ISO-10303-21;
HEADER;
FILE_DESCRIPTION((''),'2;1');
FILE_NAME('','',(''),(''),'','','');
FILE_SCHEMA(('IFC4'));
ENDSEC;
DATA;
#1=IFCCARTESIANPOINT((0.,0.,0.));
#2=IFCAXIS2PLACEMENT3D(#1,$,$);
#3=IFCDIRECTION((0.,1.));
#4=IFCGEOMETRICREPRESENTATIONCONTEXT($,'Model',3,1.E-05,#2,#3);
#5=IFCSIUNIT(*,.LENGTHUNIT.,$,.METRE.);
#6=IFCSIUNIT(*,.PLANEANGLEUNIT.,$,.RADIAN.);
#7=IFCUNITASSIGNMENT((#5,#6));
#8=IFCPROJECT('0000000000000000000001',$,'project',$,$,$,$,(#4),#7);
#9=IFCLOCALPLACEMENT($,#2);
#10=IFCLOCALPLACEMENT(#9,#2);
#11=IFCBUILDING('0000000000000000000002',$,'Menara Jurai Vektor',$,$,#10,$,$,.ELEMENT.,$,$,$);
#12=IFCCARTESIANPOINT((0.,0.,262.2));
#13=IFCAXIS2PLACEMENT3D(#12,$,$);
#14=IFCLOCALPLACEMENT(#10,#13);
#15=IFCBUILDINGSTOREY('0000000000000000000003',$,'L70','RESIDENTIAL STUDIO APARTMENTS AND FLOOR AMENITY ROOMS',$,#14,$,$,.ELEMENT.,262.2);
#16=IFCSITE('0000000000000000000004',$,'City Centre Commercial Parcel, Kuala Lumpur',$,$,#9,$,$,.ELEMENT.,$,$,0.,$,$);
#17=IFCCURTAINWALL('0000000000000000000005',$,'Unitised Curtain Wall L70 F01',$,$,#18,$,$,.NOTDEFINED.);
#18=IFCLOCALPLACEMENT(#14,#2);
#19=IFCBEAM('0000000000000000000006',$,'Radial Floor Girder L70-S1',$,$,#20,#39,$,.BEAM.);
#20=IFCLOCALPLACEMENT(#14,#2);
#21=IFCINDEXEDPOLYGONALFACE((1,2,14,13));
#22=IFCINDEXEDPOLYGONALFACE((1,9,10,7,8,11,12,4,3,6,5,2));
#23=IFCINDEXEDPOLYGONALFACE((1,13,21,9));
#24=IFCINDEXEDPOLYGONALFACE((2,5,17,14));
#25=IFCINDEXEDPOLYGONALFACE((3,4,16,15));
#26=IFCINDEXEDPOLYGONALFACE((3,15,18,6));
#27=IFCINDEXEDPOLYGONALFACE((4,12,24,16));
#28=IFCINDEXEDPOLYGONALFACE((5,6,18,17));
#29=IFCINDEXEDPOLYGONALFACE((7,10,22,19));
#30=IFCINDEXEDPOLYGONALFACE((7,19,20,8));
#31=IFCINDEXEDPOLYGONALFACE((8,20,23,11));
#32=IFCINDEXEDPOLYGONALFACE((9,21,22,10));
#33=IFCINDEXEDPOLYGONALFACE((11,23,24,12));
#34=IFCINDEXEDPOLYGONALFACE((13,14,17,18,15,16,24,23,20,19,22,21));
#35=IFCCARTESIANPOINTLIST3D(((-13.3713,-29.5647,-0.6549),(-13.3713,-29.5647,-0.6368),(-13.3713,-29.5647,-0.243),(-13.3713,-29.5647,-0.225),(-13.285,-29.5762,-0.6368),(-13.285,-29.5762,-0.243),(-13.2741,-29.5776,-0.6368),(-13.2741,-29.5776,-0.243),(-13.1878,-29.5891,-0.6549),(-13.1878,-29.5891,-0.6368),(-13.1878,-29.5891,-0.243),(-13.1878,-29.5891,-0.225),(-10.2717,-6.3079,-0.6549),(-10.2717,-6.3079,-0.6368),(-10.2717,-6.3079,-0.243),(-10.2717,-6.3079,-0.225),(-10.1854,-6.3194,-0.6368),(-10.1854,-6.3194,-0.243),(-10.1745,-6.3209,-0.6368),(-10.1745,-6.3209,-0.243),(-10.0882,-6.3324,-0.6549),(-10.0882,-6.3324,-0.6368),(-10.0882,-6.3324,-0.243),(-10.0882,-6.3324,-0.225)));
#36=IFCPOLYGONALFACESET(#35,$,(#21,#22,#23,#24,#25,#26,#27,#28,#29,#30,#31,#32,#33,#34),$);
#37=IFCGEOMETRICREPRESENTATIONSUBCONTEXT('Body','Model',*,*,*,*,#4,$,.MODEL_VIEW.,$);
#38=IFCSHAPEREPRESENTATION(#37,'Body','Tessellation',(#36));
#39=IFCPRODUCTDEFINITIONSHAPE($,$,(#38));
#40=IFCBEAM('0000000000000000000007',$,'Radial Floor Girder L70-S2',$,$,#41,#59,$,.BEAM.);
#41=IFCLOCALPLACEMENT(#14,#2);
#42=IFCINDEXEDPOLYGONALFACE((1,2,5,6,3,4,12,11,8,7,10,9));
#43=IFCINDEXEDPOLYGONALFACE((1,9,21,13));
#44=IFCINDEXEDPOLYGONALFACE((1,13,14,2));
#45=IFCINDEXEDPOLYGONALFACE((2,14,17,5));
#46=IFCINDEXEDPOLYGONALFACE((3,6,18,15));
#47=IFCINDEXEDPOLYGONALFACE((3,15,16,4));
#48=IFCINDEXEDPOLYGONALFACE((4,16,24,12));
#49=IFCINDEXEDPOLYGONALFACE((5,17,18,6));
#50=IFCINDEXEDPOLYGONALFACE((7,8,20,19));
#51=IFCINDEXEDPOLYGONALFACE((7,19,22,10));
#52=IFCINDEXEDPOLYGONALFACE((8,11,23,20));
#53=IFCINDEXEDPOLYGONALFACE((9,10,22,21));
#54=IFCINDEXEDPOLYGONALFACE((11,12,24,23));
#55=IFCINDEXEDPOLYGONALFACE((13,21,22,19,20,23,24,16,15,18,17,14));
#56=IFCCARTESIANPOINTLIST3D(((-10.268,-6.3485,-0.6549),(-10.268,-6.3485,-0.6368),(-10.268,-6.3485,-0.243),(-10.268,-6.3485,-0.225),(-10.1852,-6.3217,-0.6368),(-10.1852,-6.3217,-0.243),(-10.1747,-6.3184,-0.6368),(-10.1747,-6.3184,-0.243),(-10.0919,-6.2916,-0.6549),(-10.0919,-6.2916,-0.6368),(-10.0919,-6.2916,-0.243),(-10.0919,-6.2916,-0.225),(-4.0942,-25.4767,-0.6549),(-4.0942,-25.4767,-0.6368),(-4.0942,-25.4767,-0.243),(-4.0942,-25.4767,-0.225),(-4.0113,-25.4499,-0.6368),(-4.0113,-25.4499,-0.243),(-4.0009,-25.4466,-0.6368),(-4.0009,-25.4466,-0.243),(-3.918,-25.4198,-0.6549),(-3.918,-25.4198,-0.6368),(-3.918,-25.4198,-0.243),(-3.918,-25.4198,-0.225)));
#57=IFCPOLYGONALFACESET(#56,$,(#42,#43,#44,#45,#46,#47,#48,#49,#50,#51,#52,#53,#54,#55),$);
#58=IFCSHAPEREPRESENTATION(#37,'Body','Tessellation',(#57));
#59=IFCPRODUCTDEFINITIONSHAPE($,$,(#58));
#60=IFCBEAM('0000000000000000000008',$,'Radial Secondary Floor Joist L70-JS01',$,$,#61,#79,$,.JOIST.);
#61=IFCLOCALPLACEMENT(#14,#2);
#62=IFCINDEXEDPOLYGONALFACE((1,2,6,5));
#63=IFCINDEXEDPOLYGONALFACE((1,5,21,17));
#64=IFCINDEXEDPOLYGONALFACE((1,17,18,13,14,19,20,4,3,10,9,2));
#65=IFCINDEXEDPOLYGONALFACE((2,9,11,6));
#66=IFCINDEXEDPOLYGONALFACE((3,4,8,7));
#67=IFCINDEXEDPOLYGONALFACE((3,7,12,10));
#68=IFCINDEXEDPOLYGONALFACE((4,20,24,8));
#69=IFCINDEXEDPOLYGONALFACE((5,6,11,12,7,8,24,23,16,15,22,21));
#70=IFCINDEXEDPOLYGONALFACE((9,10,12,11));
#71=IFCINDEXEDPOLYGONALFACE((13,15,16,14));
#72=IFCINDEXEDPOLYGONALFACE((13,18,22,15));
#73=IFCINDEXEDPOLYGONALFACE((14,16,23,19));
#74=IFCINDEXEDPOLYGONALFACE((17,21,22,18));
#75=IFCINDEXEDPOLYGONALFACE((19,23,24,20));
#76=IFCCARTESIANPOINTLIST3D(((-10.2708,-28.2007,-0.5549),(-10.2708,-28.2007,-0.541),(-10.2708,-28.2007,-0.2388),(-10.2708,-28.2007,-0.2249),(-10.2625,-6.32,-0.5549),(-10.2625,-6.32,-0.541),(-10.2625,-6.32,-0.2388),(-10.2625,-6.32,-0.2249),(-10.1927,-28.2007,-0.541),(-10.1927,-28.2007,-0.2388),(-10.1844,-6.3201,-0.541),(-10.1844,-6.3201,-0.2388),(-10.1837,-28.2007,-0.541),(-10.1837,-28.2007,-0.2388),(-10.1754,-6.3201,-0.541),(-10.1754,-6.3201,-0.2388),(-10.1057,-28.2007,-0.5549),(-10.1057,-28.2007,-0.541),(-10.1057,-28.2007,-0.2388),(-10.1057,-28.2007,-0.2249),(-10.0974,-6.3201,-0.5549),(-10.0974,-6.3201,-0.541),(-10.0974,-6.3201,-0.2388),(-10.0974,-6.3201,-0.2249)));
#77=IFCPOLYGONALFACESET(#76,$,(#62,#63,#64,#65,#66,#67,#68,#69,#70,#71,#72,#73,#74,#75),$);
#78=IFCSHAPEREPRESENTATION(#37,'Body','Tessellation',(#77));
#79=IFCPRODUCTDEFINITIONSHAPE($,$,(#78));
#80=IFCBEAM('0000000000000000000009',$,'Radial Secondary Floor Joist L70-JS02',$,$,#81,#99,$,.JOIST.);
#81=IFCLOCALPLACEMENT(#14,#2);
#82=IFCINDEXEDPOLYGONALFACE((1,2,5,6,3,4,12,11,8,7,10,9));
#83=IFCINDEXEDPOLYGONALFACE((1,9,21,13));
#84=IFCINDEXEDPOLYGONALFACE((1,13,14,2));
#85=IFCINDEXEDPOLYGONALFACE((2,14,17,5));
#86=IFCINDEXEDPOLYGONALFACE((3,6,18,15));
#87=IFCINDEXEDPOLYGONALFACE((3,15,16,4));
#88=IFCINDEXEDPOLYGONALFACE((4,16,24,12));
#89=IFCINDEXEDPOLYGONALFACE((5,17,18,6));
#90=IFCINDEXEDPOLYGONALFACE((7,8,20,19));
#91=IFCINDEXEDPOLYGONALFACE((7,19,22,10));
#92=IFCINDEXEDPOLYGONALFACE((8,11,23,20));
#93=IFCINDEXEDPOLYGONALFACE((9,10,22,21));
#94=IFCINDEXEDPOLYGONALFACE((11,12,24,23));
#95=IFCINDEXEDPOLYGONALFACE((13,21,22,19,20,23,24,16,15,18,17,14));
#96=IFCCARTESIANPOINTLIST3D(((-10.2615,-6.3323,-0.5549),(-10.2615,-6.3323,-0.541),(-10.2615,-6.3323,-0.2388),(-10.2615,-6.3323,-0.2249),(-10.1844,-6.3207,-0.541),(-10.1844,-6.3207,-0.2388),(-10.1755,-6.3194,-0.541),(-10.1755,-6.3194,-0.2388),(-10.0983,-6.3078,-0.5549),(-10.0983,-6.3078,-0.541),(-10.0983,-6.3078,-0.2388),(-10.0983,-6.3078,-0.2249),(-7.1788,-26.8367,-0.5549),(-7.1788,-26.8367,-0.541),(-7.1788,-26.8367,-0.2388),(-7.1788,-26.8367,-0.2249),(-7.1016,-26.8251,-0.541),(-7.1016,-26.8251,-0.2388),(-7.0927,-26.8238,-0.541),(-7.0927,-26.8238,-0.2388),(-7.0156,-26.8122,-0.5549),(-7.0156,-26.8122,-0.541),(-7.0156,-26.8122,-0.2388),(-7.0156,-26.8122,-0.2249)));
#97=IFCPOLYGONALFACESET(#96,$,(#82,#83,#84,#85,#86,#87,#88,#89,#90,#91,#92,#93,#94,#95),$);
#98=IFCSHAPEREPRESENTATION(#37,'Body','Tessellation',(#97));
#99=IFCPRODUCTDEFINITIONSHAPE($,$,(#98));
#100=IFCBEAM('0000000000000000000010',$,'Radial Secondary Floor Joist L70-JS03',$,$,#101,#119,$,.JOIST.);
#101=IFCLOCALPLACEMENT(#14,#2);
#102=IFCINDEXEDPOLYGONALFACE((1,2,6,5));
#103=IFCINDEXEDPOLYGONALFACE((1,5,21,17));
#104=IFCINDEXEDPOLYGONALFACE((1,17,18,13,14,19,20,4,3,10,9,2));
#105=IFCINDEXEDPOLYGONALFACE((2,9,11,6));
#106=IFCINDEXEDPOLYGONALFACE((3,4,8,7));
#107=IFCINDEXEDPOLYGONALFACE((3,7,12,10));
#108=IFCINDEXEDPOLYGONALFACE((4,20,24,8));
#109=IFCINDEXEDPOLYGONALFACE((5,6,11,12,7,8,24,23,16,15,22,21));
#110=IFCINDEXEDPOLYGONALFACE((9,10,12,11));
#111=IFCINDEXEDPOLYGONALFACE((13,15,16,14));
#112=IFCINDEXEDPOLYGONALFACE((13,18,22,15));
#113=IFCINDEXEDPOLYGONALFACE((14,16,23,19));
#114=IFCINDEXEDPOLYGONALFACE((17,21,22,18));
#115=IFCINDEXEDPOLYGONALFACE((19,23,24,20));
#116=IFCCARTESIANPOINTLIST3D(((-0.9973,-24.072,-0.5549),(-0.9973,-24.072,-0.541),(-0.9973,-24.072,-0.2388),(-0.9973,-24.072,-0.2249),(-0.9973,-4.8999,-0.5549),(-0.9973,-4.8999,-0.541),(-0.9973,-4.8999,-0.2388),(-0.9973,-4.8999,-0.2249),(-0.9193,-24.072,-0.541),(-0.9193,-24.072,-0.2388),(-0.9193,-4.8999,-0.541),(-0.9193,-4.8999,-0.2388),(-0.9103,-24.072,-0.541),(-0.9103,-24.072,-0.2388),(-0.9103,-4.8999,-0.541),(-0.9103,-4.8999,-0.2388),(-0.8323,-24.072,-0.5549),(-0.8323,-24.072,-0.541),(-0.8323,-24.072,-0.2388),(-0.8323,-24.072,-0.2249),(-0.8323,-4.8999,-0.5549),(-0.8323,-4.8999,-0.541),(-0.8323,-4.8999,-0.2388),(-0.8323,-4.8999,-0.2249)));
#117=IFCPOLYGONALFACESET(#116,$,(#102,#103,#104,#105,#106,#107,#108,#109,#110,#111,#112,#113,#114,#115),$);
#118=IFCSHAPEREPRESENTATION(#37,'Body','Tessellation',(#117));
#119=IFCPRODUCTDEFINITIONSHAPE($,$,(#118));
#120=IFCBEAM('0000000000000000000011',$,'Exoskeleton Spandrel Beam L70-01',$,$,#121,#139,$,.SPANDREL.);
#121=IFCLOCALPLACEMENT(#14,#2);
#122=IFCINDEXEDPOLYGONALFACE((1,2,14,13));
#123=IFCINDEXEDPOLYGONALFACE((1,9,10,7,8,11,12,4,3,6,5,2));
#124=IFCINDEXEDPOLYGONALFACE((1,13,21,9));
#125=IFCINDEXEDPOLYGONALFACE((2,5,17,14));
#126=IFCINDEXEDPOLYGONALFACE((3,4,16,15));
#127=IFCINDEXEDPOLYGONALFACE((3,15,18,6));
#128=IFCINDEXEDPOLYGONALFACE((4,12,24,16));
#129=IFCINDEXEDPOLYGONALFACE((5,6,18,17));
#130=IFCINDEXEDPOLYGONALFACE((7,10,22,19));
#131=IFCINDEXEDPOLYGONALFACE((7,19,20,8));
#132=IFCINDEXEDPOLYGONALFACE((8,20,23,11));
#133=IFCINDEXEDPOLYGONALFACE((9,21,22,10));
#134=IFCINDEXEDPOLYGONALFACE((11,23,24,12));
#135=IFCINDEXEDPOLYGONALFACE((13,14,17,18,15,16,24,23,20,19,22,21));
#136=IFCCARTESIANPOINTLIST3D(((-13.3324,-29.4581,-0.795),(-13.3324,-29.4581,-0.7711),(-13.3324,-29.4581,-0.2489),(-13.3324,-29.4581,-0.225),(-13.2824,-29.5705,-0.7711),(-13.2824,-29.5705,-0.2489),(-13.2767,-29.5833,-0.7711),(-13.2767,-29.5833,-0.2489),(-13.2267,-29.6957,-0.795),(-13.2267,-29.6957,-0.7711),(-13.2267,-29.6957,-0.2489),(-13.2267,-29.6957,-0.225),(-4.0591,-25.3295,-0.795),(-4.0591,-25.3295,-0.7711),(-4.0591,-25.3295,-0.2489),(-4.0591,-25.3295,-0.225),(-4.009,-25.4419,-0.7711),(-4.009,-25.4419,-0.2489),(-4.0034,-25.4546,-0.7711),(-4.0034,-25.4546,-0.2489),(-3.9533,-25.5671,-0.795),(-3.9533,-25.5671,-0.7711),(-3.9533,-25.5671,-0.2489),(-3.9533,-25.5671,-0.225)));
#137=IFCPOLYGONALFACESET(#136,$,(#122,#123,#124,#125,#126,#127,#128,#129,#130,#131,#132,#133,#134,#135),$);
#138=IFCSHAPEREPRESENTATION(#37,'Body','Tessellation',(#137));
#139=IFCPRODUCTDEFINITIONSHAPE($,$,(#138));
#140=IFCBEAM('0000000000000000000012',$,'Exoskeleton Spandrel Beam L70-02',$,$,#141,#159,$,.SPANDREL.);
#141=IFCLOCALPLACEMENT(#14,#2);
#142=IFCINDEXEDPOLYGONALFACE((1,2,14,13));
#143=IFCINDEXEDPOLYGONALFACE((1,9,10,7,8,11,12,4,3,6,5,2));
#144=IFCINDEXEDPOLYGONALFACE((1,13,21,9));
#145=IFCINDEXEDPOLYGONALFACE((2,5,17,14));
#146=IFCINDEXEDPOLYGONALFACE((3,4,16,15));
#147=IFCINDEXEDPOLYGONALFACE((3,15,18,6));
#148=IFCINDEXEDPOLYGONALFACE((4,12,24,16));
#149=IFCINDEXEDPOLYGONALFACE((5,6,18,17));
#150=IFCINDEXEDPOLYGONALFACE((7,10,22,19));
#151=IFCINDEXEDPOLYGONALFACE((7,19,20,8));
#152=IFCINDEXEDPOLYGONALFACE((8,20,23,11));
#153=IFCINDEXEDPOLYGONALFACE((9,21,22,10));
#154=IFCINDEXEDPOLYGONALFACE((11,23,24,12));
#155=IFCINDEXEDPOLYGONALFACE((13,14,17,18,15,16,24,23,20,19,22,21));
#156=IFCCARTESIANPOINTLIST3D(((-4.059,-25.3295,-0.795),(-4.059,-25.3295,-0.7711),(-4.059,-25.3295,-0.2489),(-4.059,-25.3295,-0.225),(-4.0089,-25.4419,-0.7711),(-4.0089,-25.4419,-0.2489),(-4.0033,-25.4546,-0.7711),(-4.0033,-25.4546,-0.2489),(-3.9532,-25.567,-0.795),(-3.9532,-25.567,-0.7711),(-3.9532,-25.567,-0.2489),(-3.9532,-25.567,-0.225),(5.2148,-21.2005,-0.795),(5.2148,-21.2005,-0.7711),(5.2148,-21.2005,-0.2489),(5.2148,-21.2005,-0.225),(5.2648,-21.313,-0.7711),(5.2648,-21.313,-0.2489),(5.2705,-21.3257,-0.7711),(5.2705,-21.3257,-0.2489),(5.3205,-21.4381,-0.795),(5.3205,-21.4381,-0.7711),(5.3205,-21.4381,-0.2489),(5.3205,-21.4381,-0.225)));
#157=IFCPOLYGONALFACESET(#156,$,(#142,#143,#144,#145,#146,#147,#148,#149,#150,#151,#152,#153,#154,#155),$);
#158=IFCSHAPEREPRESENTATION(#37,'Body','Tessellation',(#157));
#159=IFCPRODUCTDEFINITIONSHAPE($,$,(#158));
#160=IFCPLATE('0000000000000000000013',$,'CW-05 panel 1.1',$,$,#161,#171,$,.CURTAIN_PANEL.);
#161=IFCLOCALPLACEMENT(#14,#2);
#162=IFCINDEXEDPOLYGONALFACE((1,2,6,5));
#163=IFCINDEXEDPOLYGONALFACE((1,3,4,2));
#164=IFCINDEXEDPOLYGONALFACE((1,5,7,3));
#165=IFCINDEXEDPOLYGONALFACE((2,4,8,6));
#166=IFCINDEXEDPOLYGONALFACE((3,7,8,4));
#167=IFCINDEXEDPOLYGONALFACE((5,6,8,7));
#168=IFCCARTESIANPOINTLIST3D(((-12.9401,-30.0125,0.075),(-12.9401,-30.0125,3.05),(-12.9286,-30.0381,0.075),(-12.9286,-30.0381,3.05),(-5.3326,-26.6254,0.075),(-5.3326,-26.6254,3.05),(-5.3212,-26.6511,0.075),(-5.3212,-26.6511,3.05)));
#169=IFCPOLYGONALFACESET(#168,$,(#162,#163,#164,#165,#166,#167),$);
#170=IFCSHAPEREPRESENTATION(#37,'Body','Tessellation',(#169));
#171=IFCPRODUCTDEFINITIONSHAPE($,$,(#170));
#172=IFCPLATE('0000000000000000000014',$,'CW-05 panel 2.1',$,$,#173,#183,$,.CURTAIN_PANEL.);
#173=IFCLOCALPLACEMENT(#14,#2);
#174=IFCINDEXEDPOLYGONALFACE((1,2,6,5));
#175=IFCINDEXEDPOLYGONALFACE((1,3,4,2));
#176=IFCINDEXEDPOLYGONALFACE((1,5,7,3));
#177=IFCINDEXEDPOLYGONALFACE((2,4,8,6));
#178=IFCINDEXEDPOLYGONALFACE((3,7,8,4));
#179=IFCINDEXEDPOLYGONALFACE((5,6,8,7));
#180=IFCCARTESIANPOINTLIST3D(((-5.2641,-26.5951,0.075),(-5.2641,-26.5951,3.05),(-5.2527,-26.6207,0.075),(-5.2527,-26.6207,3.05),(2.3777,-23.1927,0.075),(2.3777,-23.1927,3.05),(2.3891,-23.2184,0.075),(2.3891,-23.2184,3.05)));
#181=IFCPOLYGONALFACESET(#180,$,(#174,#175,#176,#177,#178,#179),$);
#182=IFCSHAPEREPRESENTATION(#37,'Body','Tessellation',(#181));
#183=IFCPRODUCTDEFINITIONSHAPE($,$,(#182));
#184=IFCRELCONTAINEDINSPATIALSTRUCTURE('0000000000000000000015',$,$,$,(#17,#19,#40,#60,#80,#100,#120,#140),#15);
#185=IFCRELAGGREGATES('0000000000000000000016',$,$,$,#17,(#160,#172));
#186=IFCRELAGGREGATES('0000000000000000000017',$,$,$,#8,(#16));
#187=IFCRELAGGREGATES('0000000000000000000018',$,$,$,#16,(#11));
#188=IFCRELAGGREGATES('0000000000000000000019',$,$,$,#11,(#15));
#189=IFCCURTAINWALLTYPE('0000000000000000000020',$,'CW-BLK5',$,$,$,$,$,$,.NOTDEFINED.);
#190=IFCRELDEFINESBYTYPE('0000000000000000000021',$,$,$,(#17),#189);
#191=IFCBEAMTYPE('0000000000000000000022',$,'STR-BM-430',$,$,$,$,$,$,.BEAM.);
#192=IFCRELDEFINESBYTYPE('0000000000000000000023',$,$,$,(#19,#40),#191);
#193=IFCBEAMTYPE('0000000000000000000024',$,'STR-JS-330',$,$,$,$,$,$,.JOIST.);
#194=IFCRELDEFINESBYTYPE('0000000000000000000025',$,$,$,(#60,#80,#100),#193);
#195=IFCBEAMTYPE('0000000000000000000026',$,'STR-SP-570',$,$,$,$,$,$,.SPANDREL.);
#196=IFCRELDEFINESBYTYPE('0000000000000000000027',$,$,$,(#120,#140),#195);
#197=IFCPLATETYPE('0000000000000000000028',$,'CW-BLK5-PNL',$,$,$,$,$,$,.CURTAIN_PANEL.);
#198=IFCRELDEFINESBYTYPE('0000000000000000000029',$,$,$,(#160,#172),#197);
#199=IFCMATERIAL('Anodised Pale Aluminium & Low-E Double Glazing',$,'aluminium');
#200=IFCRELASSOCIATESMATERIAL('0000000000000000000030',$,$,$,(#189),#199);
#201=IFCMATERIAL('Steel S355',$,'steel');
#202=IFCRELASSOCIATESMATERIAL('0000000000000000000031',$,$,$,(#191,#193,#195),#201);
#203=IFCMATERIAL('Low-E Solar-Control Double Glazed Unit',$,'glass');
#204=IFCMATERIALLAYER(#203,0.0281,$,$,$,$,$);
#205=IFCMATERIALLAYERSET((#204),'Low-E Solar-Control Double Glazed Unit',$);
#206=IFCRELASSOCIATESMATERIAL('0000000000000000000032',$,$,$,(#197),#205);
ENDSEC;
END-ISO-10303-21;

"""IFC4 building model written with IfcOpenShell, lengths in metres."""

from ifc_helpers import new_model, si_unit, direction, frame, origin, origin_2d, place, context, subcontext, project, spatial, rectangle, i_section, extrude, material, layer, layer_set, material_profile, profile_set, type_object, element, aggregate, save


model = new_model("IFC4")

# Units and contexts
model_context = context("Model", 3, precision=1e-05, world=origin(), true_north=direction((0.0, 1.0)))
body_context = subcontext(model_context, "Body", "Model", "MODEL_VIEW")
ifc_project = project(units=[si_unit("LENGTHUNIT", "METRE"), si_unit("PLANEANGLEUNIT", "RADIAN")], contexts=[model_context])

# Site, building, storey
site_placement = place(None, origin())
site = spatial("IfcSite", under=ifc_project, at=site_placement, Name="City Centre Commercial Parcel, Kuala Lumpur", CompositionType="ELEMENT", RefElevation=0.0)
building_placement = place(site_placement, origin())
building = spatial("IfcBuilding", under=site, at=building_placement, Name="Menara Jurai Vektor", CompositionType="ELEMENT")
storey_placement = place(building_placement, frame((0.0, 0.0, 262.2)))
storey = spatial("IfcBuildingStorey", under=building, at=storey_placement, Name="L70", Description="RESIDENTIAL STUDIO APARTMENTS AND FLOOR AMENITY ROOMS", CompositionType="ELEMENT", Elevation=262.2)

# Curtain wall
ifc_material_1 = material(Name="Anodised Pale Aluminium & Low-E Double Glazing", Category="aluminium")
curtain_wall_type = type_object("IfcCurtainWallType", Name="CW-BLK5", PredefinedType="NOTDEFINED", material=ifc_material_1)
curtain_wall_1_placement = place(storey_placement, origin())
curtain_wall_1 = element("IfcCurtainWall", 1, at=curtain_wall_1_placement, inside=storey, type_object=curtain_wall_type, Name="Unitised Curtain Wall L70 F01", PredefinedType="NOTDEFINED")

# Beams
ifc_material_2 = material(Name="Steel S355", Category="steel")
ifc_material_profile_1 = material_profile(ifc_material_2, i_section(OverallWidth=0.1851, OverallDepth=0.4299, WebThickness=0.011, FlangeThickness=0.0181, at=origin_2d()), Name="PG 430x185x76")
ifc_profile_set_1 = profile_set([ifc_material_profile_1], Name="Steel S355")
beam_type_1 = type_object("IfcBeamType", Name="STR-BM-430", PredefinedType="BEAM", material=ifc_profile_set_1)
beam_1_placement = place(storey_placement, frame((-13.2795, -29.5769, -0.4399), z_axis=(0.132109, 0.991235, 0.0), x_axis=(-0.991235, 0.132109, 0.0)))
element("IfcBeam", 2, at=beam_1_placement, inside=storey, type_object=beam_type_1, Name="Radial Floor Girder L70-S1", PredefinedType="BEAM", context=body_context, shape_type="SweptSolid", body=[
    extrude(i_section(OverallWidth=0.1851, OverallDepth=0.4299, WebThickness=0.011, FlangeThickness=0.0181, at=origin_2d()), origin(), (0.0, 0.0, 1.0), 23.4624),
])
beam_2_placement = place(storey_placement, frame((-4.0061, -25.4482, -0.4399), z_axis=(-0.307158, 0.951658, 0.0), x_axis=(-0.951658, -0.307158, 0.0)))
element("IfcBeam", 3, at=beam_2_placement, inside=storey, type_object=beam_type_1, Name="Radial Floor Girder L70-S2", PredefinedType="BEAM", context=body_context, shape_type="SweptSolid", body=[
    extrude(i_section(OverallWidth=0.1851, OverallDepth=0.4299, WebThickness=0.011, FlangeThickness=0.0181, at=origin_2d()), origin(), (0.0, 0.0, 1.0), 20.0999),
])
ifc_material_profile_2 = material_profile(ifc_material_2, i_section(OverallWidth=0.165, OverallDepth=0.3301, WebThickness=0.009, FlangeThickness=0.0139, at=origin_2d()), Name="PG 330x165x46")
ifc_profile_set_2 = profile_set([ifc_material_profile_2], Name="Steel S355")
beam_type_2 = type_object("IfcBeamType", Name="STR-JS-330", PredefinedType="JOIST", material=ifc_profile_set_2)
beam_3_placement = place(storey_placement, frame((-10.1882, -28.2007, -0.3899), z_axis=(0.000379, 1.0, 0.0), x_axis=(-1.0, 0.000379, 0.0)))
element("IfcBeam", 4, at=beam_3_placement, inside=storey, type_object=beam_type_2, Name="Radial Secondary Floor Joist L70-JS01", PredefinedType="JOIST", context=body_context, shape_type="SweptSolid", body=[
    extrude(i_section(OverallWidth=0.165, OverallDepth=0.3301, WebThickness=0.009, FlangeThickness=0.0139, at=origin_2d()), origin(), (0.0, 0.0, 1.0), 21.8806),
])
beam_4_placement = place(storey_placement, frame((-7.0972, -26.8245, -0.3899), z_axis=(-0.148676, 0.988886, 0.0), x_axis=(-0.988886, -0.148676, 0.0)))
element("IfcBeam", 5, at=beam_4_placement, inside=storey, type_object=beam_type_2, Name="Radial Secondary Floor Joist L70-JS02", PredefinedType="JOIST", context=body_context, shape_type="SweptSolid", body=[
    extrude(i_section(OverallWidth=0.165, OverallDepth=0.3301, WebThickness=0.009, FlangeThickness=0.0139, at=origin_2d()), origin(), (0.0, 0.0, 1.0), 20.7349),
])
beam_5_placement = place(storey_placement, frame((-0.9148, -24.072, -0.3899), z_axis=(0.0, 1.0, 0.0), x_axis=(-1.0, 0.0, 0.0)))
element("IfcBeam", 6, at=beam_5_placement, inside=storey, type_object=beam_type_2, Name="Radial Secondary Floor Joist L70-JS03", PredefinedType="JOIST", context=body_context, shape_type="SweptSolid", body=[
    extrude(i_section(OverallWidth=0.165, OverallDepth=0.3301, WebThickness=0.009, FlangeThickness=0.0139, at=origin_2d()), origin(), (0.0, 0.0, 1.0), 19.1721),
])
ifc_material_profile_3 = material_profile(ifc_material_2, i_section(OverallWidth=0.26, OverallDepth=0.5701, WebThickness=0.0139, FlangeThickness=0.0239, at=origin_2d()), Name="PG 570x260x145")
ifc_profile_set_3 = profile_set([ifc_material_profile_3], Name="Steel S355")
beam_type_3 = type_object("IfcBeamType", Name="STR-SP-570", PredefinedType="SPANDREL", material=ifc_profile_set_3)
beam_6_placement = place(storey_placement, frame((-13.2795, -29.5769, -0.51), z_axis=(0.913551, 0.406725, 0.0), x_axis=(-0.406725, 0.913551, 0.0)))
element("IfcBeam", 7, at=beam_6_placement, inside=storey, type_object=beam_type_3, Name="Exoskeleton Spandrel Beam L70-01", PredefinedType="SPANDREL", context=body_context, shape_type="SweptSolid", body=[
    extrude(i_section(OverallWidth=0.26, OverallDepth=0.5701, WebThickness=0.0139, FlangeThickness=0.0239, at=origin_2d()), origin(), (0.0, 0.0, 1.0), 10.1509),
])
beam_7_placement = place(storey_placement, frame((-4.0061, -25.4482, -0.51), z_axis=(0.913546, 0.406736, 0.0), x_axis=(-0.406736, 0.913546, 0.0)))
element("IfcBeam", 8, at=beam_7_placement, inside=storey, type_object=beam_type_3, Name="Exoskeleton Spandrel Beam L70-02", PredefinedType="SPANDREL", context=body_context, shape_type="SweptSolid", body=[
    extrude(i_section(OverallWidth=0.26, OverallDepth=0.5701, WebThickness=0.0139, FlangeThickness=0.0239, at=origin_2d()), origin(), (0.0, 0.0, 1.0), 10.1514),
])

# Plates
ifc_material_3 = material(Name="Low-E Solar-Control Double Glazed Unit", Category="glass")
ifc_layer_1 = layer(ifc_material_3, 0.0281)
ifc_layer_set_1 = layer_set([ifc_layer_1], Name="Low-E Solar-Control Double Glazed Unit")
plate_type_1 = type_object("IfcPlateType", Name="CW-BLK5-PNL", PredefinedType="CURTAIN_PANEL", material=ifc_layer_set_1)
plate_1_placement = place(storey_placement, frame((-9.1306, -28.3318, 0.075), z_axis=(0.0, 0.0, 1.0), x_axis=(0.913546, 0.406735, 0.0)))
plate_1 = element("IfcPlate", 9, at=plate_1_placement, type_object=plate_type_1, Name="CW-05 panel 1.1", PredefinedType="CURTAIN_PANEL", context=body_context, shape_type="SweptSolid", body=[
    extrude(rectangle(XDim=8.3274, YDim=0.0281, at=origin_2d()), origin(), (0.0, 0.0, 1.0), 2.9751),
])
plate_2_placement = place(storey_placement, frame((-1.4375, -24.9067, 0.075), z_axis=(0.0, 0.0, 1.0), x_axis=(0.913546, 0.406735, 0.0)))
plate_2 = element("IfcPlate", 10, at=plate_2_placement, type_object=plate_type_1, Name="CW-05 panel 2.1", PredefinedType="CURTAIN_PANEL", context=body_context, shape_type="SweptSolid", body=[
    extrude(rectangle(XDim=8.365, YDim=0.0281, at=origin_2d()), origin(), (0.0, 0.0, 1.0), 2.9751),
])
aggregate(curtain_wall_1, [plate_1, plate_2])

save(model, "model.ifc")
